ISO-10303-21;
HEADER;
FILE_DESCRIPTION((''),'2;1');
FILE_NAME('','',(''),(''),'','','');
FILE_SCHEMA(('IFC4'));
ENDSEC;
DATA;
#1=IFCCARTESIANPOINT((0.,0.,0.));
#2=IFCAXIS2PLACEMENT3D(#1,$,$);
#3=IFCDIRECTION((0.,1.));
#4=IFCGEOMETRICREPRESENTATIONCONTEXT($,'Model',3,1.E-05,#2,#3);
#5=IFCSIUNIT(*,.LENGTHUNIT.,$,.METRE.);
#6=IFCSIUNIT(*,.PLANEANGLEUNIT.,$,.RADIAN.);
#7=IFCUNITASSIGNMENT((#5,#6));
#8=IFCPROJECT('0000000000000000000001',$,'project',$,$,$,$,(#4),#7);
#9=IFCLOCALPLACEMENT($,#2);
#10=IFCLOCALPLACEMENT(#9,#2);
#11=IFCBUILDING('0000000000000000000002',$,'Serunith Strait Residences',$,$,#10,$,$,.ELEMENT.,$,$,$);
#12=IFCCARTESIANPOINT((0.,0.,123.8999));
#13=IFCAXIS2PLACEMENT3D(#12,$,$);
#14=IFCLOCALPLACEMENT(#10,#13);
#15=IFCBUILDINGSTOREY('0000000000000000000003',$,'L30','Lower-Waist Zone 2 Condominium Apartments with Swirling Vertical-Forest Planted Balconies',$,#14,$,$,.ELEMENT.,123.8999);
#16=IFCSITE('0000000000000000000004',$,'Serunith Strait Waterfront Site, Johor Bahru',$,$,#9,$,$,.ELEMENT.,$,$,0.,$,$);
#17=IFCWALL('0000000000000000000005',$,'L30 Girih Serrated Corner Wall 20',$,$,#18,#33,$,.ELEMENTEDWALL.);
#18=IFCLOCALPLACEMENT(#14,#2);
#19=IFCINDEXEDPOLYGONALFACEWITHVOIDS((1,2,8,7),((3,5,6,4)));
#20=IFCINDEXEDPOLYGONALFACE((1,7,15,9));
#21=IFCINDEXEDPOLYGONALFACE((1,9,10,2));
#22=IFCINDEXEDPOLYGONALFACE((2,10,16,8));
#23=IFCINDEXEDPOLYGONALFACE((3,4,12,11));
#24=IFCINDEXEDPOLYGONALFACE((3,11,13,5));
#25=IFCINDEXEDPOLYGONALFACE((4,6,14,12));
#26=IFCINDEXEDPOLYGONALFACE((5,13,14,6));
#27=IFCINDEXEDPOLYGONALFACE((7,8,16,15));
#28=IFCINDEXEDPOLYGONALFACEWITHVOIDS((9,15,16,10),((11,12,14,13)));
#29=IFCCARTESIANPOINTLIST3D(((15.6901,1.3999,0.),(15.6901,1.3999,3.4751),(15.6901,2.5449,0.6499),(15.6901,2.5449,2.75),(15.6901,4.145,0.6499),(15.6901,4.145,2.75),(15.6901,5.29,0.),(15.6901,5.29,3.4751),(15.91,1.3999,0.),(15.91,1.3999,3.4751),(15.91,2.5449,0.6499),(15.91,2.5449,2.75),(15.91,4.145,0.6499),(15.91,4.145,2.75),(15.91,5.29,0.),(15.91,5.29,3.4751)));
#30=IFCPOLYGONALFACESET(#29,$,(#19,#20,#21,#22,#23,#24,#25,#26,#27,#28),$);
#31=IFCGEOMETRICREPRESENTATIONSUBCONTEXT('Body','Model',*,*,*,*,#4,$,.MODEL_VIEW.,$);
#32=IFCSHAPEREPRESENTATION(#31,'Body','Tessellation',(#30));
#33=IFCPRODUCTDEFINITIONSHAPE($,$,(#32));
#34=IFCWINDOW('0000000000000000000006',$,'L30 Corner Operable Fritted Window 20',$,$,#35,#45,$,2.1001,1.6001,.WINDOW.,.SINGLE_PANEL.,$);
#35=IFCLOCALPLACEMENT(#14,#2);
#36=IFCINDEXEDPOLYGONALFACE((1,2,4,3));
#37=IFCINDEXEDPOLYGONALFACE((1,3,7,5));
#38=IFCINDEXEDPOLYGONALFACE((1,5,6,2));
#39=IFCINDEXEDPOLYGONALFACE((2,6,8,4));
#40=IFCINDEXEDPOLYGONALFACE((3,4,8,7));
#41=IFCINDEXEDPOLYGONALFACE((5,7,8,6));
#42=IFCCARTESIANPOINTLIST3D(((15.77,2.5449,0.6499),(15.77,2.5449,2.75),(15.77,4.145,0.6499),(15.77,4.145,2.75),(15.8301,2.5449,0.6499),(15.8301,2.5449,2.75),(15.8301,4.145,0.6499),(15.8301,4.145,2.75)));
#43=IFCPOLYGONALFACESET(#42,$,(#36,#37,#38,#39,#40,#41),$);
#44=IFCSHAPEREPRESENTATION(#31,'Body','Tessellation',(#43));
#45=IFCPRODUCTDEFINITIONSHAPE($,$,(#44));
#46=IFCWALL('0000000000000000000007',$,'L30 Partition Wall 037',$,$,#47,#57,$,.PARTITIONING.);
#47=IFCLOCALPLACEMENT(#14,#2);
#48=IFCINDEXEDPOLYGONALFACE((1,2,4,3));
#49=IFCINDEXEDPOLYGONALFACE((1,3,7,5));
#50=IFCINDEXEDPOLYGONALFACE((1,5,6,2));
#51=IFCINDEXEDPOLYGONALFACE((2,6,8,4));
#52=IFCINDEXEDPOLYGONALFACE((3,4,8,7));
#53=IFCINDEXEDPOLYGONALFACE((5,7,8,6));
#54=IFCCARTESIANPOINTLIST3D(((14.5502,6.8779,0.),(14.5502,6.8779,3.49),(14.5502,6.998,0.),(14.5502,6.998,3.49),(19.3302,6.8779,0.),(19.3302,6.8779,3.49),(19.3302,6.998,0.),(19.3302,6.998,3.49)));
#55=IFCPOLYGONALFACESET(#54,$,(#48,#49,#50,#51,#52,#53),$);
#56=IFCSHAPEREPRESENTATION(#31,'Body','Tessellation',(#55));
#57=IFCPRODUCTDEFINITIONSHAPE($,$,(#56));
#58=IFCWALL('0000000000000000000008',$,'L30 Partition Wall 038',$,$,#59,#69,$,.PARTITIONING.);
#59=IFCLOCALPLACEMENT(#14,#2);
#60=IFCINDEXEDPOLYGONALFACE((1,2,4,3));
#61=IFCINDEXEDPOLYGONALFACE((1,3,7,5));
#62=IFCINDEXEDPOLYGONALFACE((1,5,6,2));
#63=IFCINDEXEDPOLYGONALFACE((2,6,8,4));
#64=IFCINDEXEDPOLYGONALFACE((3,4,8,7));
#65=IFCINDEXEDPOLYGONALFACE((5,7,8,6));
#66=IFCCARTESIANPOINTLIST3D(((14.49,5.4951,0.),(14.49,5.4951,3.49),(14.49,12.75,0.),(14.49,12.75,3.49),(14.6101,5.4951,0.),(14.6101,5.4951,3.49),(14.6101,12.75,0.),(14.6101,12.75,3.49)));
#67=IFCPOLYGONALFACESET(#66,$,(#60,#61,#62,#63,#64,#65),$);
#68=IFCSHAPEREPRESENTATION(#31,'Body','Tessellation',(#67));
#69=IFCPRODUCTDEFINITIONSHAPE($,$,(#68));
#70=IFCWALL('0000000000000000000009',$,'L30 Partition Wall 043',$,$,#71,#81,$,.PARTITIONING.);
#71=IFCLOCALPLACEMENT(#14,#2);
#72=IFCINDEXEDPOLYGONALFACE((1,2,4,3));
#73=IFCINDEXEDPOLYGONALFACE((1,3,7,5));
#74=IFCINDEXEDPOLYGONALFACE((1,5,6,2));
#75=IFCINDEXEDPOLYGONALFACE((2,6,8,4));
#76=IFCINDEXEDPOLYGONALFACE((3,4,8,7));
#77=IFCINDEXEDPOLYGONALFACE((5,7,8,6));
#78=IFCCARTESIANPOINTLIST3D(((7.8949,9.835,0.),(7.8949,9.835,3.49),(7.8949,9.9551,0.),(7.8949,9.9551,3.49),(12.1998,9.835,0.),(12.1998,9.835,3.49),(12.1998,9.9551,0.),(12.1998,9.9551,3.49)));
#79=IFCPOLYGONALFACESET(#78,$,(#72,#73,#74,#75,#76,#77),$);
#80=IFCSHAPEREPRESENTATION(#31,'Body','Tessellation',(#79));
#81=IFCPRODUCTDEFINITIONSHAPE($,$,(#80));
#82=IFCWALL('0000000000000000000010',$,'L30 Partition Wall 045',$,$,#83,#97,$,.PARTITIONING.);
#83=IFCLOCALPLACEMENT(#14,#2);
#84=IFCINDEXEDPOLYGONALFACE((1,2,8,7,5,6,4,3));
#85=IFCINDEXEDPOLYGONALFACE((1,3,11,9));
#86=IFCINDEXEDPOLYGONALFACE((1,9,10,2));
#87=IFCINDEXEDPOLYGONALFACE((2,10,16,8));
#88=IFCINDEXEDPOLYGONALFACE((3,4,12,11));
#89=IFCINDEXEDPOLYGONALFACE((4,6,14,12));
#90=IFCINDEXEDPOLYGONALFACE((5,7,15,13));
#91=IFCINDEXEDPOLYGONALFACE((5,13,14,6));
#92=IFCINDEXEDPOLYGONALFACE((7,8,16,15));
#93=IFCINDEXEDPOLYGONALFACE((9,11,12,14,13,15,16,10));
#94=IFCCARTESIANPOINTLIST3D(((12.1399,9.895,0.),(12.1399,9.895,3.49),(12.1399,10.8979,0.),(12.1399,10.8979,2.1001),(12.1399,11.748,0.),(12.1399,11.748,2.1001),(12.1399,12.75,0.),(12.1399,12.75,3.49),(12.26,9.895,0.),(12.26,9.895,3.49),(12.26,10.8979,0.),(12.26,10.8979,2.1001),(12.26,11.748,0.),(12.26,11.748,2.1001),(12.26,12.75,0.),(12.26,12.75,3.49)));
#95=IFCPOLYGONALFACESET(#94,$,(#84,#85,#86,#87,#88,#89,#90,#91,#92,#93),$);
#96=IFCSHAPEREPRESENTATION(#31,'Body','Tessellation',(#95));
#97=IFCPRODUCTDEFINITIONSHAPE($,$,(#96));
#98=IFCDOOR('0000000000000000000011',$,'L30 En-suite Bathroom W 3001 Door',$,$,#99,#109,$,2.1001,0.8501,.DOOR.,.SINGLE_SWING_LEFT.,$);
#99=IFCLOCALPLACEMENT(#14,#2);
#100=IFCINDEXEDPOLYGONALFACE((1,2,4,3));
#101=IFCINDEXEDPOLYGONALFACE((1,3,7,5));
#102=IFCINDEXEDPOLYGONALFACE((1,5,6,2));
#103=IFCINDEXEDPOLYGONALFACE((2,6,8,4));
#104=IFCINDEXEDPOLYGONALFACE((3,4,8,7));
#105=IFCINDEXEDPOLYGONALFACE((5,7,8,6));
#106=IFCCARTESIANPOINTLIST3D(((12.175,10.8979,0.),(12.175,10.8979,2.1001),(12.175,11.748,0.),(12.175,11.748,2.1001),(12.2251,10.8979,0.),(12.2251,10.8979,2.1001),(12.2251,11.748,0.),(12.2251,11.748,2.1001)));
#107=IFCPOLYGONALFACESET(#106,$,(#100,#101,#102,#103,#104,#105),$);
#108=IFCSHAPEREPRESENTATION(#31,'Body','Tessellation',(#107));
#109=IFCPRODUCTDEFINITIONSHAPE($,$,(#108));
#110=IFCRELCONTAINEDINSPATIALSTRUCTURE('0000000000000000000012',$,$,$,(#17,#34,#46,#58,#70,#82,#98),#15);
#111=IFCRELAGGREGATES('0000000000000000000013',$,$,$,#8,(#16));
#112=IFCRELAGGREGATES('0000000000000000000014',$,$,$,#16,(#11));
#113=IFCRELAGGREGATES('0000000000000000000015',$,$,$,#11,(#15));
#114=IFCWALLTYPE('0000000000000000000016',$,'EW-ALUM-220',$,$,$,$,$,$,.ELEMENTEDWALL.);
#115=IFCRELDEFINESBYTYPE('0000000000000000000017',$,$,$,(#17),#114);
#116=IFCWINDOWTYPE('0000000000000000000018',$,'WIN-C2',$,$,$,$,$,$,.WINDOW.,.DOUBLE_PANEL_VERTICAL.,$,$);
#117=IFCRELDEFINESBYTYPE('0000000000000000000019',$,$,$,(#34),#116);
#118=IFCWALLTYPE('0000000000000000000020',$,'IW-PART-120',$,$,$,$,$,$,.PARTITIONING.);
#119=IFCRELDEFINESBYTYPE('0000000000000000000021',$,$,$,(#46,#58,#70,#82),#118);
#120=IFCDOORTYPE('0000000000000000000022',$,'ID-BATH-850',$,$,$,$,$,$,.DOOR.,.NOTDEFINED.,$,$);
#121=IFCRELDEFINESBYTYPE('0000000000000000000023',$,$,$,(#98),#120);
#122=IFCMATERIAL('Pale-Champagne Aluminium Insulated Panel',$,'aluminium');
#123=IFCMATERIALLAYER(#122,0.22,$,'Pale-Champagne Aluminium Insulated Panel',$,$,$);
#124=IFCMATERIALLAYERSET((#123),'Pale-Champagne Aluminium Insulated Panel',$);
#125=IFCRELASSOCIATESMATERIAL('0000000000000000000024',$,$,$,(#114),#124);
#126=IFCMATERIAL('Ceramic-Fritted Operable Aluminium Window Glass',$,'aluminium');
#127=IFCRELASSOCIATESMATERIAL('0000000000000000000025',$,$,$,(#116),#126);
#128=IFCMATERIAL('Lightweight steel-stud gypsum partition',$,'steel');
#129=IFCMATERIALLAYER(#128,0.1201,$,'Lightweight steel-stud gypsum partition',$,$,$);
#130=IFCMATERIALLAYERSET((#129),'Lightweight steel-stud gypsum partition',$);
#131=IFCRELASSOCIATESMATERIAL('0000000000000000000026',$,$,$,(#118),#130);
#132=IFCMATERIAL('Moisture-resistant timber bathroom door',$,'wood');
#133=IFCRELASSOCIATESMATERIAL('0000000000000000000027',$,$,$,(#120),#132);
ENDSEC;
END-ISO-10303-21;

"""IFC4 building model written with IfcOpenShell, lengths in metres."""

from ifc_helpers import new_model, si_unit, direction, frame, frame_2d, origin, place, context, subcontext, project, spatial, rectangle, extrude, source, transform, mapped, material, layer, layer_set, type_object, element, fill, save


model = new_model("IFC4")

# Units and contexts
model_context = context("Model", 3, precision=1e-05, world=origin(), true_north=direction((0.0, 1.0)))
body_context = subcontext(model_context, "Body", "Model", "MODEL_VIEW")
ifc_project = project(units=[si_unit("LENGTHUNIT", "METRE"), si_unit("PLANEANGLEUNIT", "RADIAN")], contexts=[model_context])

# Site, building, storey
site_placement = place(None, origin())
site = spatial("IfcSite", under=ifc_project, at=site_placement, Name="Serunith Strait Waterfront Site, Johor Bahru", CompositionType="ELEMENT", RefElevation=0.0)
building_placement = place(site_placement, origin())
building = spatial("IfcBuilding", under=site, at=building_placement, Name="Serunith Strait Residences", CompositionType="ELEMENT")
storey_placement = place(building_placement, frame((0.0, 0.0, 123.8999)))
storey = spatial("IfcBuildingStorey", under=building, at=storey_placement, Name="L30", Description="Lower-Waist Zone 2 Condominium Apartments with Swirling Vertical-Forest Planted Balconies", CompositionType="ELEMENT", Elevation=123.8999)

# Wall, opening, window
ifc_material_1 = material(Name="Pale-Champagne Aluminium Insulated Panel", Category="aluminium")
ifc_layer_1 = layer(ifc_material_1, 0.22, Name="Pale-Champagne Aluminium Insulated Panel")
ifc_layer_set_1 = layer_set([ifc_layer_1], Name="Pale-Champagne Aluminium Insulated Panel")
wall_type_1 = type_object("IfcWallType", Name="EW-ALUM-220", PredefinedType="ELEMENTEDWALL", material=ifc_layer_set_1)
ifc_material_2 = material(Name="Ceramic-Fritted Operable Aluminium Window Glass", Category="aluminium")
window_type = type_object("IfcWindowType", Name="WIN-C2", PartitioningType="DOUBLE_PANEL_VERTICAL", PredefinedType="WINDOW", material=ifc_material_2)
shared_shape_1 = source(origin(), body_context, "Body", "SweptSolid", [
    extrude(rectangle(XDim=1.6001, YDim=2.1001, at=frame_2d((0.8, 1.05))), frame((0.0, 0.03, 0.0), z_axis=(0.0, -1.0, 0.0), x_axis=(1.0, 0.0, 0.0)), (0.0, 0.0, 1.0), 0.0601),
])
wall_1_placement = place(storey_placement, frame((15.8, 5.29, 0.0), z_axis=(0.0, 0.0, 1.0), x_axis=(0.0, -1.0, 0.0)))
wall_1 = element("IfcWall", 1, at=wall_1_placement, inside=storey, type_object=wall_type_1, Name="L30 Girih Serrated Corner Wall 20", PredefinedType="ELEMENTEDWALL", context=body_context, shape_type="SweptSolid", body=[
    extrude(rectangle(XDim=3.8901, YDim=0.22, at=frame_2d((1.9451, 0.0))), origin(), (0.0, 0.0, 1.0), 3.4751),
])
opening_1_placement = place(wall_1_placement, frame((1.145, 0.0, 0.6499)))
opening_1 = element("IfcOpeningElement", 2, at=opening_1_placement, cuts=wall_1, PredefinedType="OPENING", context=body_context, shape_type="SweptSolid", body=[
    extrude(rectangle(XDim=1.6001, YDim=2.1001, at=frame_2d((0.8, 1.05))), frame((0.0, 0.1201, 0.0), z_axis=(0.0, -1.0, 0.0), x_axis=(1.0, 0.0, 0.0)), (0.0, 0.0, 1.0), 0.24),
])
window_1_placement = place(opening_1_placement, origin())
window_1 = element("IfcWindow", 3, at=window_1_placement, inside=storey, type_object=window_type, Name="L30 Corner Operable Fritted Window 20", OverallHeight=2.1001, OverallWidth=1.6001, PartitioningType="SINGLE_PANEL", PredefinedType="WINDOW", context=body_context, shape_type="MappedRepresentation", body=[
    mapped(shared_shape_1, transform((0.0, 0.0, 0.0), scale=1.0)),
])
fill(opening_1, window_1)

# Walls
ifc_material_3 = material(Name="Lightweight steel-stud gypsum partition", Category="steel")
ifc_layer_2 = layer(ifc_material_3, 0.1201, Name="Lightweight steel-stud gypsum partition")
ifc_layer_set_2 = layer_set([ifc_layer_2], Name="Lightweight steel-stud gypsum partition")
wall_type_2 = type_object("IfcWallType", Name="IW-PART-120", PredefinedType="PARTITIONING", material=ifc_layer_set_2)
wall_2_placement = place(storey_placement, frame((14.55, 6.938, 0.0), z_axis=(0.0, 0.0, 1.0), x_axis=(1.0, 0.0, 0.0)))
element("IfcWall", 4, at=wall_2_placement, inside=storey, type_object=wall_type_2, Name="L30 Partition Wall 037", PredefinedType="PARTITIONING", context=body_context, shape_type="SweptSolid", body=[
    extrude(rectangle(XDim=4.78, YDim=0.1201, at=frame_2d((2.3901, 0.0))), origin(), (0.0, 0.0, 1.0), 3.49),
])
wall_3_placement = place(storey_placement, frame((14.55, 5.4951, 0.0), z_axis=(0.0, 0.0, 1.0), x_axis=(0.0, 1.0, 0.0)))
element("IfcWall", 5, at=wall_3_placement, inside=storey, type_object=wall_type_2, Name="L30 Partition Wall 038", PredefinedType="PARTITIONING", context=body_context, shape_type="SweptSolid", body=[
    extrude(rectangle(XDim=7.2549, YDim=0.1201, at=frame_2d((3.6274, 0.0))), origin(), (0.0, 0.0, 1.0), 3.49),
])
wall_4_placement = place(storey_placement, frame((7.895, 9.895, 0.0), z_axis=(0.0, 0.0, 1.0), x_axis=(1.0, 0.0, 0.0)))
element("IfcWall", 6, at=wall_4_placement, inside=storey, type_object=wall_type_2, Name="L30 Partition Wall 043", PredefinedType="PARTITIONING", context=body_context, shape_type="SweptSolid", body=[
    extrude(rectangle(XDim=4.3049, YDim=0.1201, at=frame_2d((2.1523, 0.0))), origin(), (0.0, 0.0, 1.0), 3.49),
])

# Wall, opening, door
wall_5_placement = place(storey_placement, frame((12.2, 9.895, 0.0), z_axis=(0.0, 0.0, 1.0), x_axis=(0.0, 1.0, 0.0)))
wall_5 = element("IfcWall", 7, at=wall_5_placement, inside=storey, type_object=wall_type_2, Name="L30 Partition Wall 045", PredefinedType="PARTITIONING", context=body_context, shape_type="SweptSolid", body=[
    extrude(rectangle(XDim=2.855, YDim=0.1201, at=frame_2d((1.4275, 0.0))), origin(), (0.0, 0.0, 1.0), 3.49),
])
opening_2_placement = place(wall_5_placement, frame((1.0029, 0.0, 0.0)))
opening_2 = element("IfcOpeningElement", 8, at=opening_2_placement, cuts=wall_5, PredefinedType="OPENING", context=body_context, shape_type="SweptSolid", body=[
    extrude(rectangle(XDim=0.8501, YDim=2.1001, at=frame_2d((0.425, 1.05))), frame((0.0, 0.0701, 0.0), z_axis=(0.0, -1.0, 0.0), x_axis=(1.0, 0.0, 0.0)), (0.0, 0.0, 1.0), 0.1401),
])
ifc_material_4 = material(Name="Moisture-resistant timber bathroom door", Category="wood")
door_type = type_object("IfcDoorType", Name="ID-BATH-850", OperationType="NOTDEFINED", PredefinedType="DOOR", material=ifc_material_4)
shared_shape_2 = source(origin(), body_context, "Body", "SweptSolid", [
    extrude(rectangle(XDim=0.8501, YDim=2.1001, at=frame_2d((0.425, 1.05))), frame((0.0, 0.0249, 0.0), z_axis=(0.0, -1.0, 0.0), x_axis=(1.0, 0.0, 0.0)), (0.0, 0.0, 1.0), 0.05),
])
door_placement = place(opening_2_placement, origin())
door = element("IfcDoor", 9, at=door_placement, inside=storey, type_object=door_type, Name="L30 En-suite Bathroom W 3001 Door", OperationType="SINGLE_SWING_LEFT", OverallHeight=2.1001, OverallWidth=0.8501, PredefinedType="DOOR", context=body_context, shape_type="MappedRepresentation", body=[
    mapped(shared_shape_2, transform((0.0, 0.0, 0.0), scale=1.0)),
])
fill(opening_2, door)

save(model, "model.ifc")
